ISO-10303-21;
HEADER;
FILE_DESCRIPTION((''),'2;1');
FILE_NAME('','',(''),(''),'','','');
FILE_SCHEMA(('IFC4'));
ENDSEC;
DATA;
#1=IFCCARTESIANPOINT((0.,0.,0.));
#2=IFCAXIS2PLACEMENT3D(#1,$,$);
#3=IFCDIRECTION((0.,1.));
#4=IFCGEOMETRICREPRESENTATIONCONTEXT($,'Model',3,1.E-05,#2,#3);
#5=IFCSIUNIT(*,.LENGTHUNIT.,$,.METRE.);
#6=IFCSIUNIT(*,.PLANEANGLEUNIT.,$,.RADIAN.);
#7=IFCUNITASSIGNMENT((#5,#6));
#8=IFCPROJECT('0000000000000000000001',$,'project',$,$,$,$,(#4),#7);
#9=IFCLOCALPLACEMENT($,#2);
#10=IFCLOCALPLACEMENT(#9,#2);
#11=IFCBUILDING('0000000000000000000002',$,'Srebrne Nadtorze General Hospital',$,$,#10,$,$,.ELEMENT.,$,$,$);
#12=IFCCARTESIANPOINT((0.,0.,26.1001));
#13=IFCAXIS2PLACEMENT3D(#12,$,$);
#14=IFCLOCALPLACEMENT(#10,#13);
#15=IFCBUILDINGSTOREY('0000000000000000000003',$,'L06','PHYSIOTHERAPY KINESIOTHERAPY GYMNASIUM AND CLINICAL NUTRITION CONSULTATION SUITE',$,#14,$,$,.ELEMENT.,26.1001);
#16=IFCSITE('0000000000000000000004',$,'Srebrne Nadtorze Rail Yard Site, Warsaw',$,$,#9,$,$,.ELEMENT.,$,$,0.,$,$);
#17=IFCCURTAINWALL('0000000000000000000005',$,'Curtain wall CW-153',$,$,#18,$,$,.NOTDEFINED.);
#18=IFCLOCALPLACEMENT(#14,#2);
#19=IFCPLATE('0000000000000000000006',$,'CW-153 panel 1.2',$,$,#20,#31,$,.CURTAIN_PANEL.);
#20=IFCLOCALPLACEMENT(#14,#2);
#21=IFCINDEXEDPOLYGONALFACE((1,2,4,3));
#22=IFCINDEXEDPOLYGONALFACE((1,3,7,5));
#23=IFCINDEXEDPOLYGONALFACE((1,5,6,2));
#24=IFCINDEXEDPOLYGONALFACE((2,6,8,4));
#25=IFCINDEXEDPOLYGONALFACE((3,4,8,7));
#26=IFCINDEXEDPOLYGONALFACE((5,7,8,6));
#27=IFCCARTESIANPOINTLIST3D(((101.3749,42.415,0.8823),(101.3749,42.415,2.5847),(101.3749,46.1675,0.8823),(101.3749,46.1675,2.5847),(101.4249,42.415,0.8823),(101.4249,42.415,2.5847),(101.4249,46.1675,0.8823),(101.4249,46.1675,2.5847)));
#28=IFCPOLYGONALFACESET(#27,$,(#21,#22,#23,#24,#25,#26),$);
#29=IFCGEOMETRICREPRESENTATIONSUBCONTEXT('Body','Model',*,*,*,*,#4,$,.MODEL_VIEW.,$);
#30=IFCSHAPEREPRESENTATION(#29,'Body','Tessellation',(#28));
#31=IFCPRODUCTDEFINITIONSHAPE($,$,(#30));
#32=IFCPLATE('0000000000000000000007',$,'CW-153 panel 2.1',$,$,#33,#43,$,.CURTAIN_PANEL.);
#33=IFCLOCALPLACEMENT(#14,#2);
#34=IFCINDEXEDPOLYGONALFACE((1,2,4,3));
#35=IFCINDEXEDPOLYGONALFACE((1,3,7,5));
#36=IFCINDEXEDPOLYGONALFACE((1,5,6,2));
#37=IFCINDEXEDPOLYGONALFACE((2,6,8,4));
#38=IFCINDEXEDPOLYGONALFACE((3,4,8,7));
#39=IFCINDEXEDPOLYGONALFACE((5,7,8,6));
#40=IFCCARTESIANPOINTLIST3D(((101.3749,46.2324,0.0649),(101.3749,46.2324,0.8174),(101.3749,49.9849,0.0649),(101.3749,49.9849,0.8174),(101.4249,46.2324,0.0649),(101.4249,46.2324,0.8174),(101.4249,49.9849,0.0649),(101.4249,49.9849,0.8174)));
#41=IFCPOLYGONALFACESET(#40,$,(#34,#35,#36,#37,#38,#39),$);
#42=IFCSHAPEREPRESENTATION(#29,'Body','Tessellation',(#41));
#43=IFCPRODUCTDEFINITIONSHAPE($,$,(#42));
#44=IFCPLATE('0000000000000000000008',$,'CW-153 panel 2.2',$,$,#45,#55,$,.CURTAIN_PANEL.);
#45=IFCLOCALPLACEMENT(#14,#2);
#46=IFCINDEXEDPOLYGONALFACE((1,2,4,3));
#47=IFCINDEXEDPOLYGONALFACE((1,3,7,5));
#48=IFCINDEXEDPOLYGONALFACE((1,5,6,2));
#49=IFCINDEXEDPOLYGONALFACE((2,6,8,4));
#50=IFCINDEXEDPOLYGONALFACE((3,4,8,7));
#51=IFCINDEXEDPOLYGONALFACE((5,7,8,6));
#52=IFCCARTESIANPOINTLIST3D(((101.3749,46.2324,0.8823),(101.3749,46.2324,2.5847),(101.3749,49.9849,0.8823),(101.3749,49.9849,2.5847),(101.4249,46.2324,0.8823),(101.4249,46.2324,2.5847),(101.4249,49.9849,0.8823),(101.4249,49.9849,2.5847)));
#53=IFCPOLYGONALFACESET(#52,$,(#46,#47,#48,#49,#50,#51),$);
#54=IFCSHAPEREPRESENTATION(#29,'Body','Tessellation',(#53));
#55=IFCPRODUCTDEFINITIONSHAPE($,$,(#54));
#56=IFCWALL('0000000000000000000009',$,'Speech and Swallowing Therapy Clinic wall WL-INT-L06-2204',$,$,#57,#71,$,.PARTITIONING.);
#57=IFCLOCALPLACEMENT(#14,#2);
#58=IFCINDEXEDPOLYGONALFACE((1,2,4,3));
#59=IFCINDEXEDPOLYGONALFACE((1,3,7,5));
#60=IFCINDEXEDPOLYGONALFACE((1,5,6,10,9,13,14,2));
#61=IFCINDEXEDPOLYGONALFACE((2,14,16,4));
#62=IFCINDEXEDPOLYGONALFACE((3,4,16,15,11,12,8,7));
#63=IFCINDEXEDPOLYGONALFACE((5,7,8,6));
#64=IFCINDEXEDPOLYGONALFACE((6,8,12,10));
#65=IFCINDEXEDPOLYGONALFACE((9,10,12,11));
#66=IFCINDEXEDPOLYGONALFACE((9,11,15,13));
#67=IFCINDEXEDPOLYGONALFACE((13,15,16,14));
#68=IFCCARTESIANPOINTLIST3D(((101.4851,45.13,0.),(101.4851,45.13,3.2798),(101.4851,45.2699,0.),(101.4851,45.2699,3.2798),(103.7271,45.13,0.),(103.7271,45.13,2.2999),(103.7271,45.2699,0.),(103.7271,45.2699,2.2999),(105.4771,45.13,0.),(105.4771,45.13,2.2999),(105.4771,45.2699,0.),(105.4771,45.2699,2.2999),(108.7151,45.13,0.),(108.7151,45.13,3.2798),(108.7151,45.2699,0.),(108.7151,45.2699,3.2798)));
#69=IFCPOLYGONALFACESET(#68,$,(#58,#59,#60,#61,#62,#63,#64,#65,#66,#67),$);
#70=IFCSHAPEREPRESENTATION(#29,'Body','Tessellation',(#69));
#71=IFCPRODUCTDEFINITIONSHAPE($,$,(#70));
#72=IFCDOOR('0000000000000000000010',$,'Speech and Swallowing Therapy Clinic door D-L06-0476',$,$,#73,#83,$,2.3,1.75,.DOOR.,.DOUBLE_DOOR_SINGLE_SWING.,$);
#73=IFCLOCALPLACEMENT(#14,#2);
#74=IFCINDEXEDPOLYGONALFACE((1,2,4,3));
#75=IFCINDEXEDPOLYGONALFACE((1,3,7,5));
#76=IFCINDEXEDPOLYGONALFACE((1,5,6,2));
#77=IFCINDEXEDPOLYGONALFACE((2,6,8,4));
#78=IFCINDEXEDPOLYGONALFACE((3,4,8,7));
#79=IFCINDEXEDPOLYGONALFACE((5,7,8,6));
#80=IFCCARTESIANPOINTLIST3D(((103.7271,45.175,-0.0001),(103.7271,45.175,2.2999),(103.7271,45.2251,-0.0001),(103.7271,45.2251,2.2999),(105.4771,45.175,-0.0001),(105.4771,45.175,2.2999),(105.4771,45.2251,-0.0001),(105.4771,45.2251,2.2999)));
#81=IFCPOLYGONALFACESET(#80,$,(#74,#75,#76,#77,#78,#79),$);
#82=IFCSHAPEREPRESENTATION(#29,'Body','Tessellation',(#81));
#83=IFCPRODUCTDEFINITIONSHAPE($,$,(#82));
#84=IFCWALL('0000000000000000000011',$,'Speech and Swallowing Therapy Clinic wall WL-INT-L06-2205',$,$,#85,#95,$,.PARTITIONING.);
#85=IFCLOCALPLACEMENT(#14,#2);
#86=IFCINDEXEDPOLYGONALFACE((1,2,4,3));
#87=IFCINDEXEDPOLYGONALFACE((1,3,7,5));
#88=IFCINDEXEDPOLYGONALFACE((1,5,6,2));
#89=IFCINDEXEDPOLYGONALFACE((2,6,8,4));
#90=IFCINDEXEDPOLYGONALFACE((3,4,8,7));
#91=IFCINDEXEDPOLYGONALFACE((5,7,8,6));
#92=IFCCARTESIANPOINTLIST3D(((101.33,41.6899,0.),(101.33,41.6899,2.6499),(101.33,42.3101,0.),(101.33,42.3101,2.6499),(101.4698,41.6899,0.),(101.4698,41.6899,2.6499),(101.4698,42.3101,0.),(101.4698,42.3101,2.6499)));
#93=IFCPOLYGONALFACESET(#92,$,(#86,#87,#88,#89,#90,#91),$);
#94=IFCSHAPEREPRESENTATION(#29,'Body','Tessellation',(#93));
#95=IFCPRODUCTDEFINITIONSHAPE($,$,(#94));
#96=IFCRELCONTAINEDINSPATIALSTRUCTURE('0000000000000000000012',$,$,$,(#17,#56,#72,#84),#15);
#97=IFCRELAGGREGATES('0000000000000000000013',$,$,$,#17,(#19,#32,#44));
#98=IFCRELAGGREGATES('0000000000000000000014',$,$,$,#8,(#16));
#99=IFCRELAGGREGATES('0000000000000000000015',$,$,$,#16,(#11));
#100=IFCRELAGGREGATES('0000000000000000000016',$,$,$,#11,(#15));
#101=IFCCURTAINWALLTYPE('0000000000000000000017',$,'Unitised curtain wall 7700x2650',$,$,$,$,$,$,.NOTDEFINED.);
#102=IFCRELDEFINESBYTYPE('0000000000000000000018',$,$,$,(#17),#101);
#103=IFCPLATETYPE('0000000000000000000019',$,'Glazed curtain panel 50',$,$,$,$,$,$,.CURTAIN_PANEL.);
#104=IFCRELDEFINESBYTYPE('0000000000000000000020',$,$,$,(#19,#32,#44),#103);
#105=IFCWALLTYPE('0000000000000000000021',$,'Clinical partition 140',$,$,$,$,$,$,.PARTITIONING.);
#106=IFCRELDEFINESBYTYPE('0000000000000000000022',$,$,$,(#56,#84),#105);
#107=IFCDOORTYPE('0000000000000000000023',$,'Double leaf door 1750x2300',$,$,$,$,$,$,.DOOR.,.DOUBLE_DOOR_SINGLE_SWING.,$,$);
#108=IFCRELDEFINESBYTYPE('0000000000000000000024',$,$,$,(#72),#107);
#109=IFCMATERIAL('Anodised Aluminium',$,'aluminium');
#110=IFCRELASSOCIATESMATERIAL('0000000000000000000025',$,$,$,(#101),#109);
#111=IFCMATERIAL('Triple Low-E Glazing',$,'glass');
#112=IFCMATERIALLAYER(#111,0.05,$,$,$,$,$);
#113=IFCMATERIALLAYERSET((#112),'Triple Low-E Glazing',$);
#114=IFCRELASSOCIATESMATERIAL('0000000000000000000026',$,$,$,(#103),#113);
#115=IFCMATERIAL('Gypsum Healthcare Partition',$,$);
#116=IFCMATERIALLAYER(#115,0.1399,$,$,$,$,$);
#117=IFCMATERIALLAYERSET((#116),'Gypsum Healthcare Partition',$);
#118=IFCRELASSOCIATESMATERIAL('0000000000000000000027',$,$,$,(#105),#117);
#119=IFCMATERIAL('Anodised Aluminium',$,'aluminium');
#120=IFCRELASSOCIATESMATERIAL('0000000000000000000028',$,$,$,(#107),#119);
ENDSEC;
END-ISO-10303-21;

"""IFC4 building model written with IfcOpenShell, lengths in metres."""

from ifc_helpers import new_model, si_unit, direction, frame, frame_2d, origin, origin_2d, place, context, subcontext, project, spatial, rectangle, extrude, material, layer, layer_set, type_object, element, fill, aggregate, save


model = new_model("IFC4")

# Units and contexts
model_context = context("Model", 3, precision=1e-05, world=origin(), true_north=direction((0.0, 1.0)))
body_context = subcontext(model_context, "Body", "Model", "MODEL_VIEW")
ifc_project = project(units=[si_unit("LENGTHUNIT", "METRE"), si_unit("PLANEANGLEUNIT", "RADIAN")], contexts=[model_context])

# Site, building, storey
site_placement = place(None, origin())
site = spatial("IfcSite", under=ifc_project, at=site_placement, Name="Srebrne Nadtorze Rail Yard Site, Warsaw", CompositionType="ELEMENT", RefElevation=0.0)
building_placement = place(site_placement, origin())
building = spatial("IfcBuilding", under=site, at=building_placement, Name="Srebrne Nadtorze General Hospital", CompositionType="ELEMENT")
storey_placement = place(building_placement, frame((0.0, 0.0, 26.1001)))
storey = spatial("IfcBuildingStorey", under=building, at=storey_placement, Name="L06", Description="PHYSIOTHERAPY KINESIOTHERAPY GYMNASIUM AND CLINICAL NUTRITION CONSULTATION SUITE", CompositionType="ELEMENT", Elevation=26.1001)

# Shared definitions
ifc_material_1 = material(Name="Anodised Aluminium", Category="aluminium")
curtain_wall_type_1 = type_object("IfcCurtainWallType", Name="Unitised curtain wall 7700x2650", PredefinedType="NOTDEFINED", material=ifc_material_1)

# Curtain wall
curtain_wall_1_placement = place(storey_placement, origin())
curtain_wall_1 = element("IfcCurtainWall", 1, at=curtain_wall_1_placement, inside=storey, type_object=curtain_wall_type_1, Name="Curtain wall CW-153", PredefinedType="NOTDEFINED")

# Plates
ifc_material_2 = material(Name="Triple Low-E Glazing", Category="glass")
ifc_layer_1 = layer(ifc_material_2, 0.05)
ifc_layer_set_1 = layer_set([ifc_layer_1], Name="Triple Low-E Glazing")
plate_type = type_object("IfcPlateType", Name="Glazed curtain panel 50", PredefinedType="CURTAIN_PANEL", material=ifc_layer_set_1)
plate_1_placement = place(storey_placement, frame((101.3999, 44.2913, 0.8823), z_axis=(0.0, 0.0, 1.0), x_axis=(0.0, 1.0, 0.0)))
plate_1 = element("IfcPlate", 2, at=plate_1_placement, type_object=plate_type, Name="CW-153 panel 1.2", PredefinedType="CURTAIN_PANEL", context=body_context, shape_type="SweptSolid", body=[
    extrude(rectangle(XDim=3.7524, YDim=0.05, at=origin_2d()), origin(), (0.0, 0.0, 1.0), 1.7024),
])
plate_2_placement = place(storey_placement, frame((101.3999, 48.1086, 0.0649), z_axis=(0.0, 0.0, 1.0), x_axis=(0.0, 1.0, 0.0)))
plate_2 = element("IfcPlate", 3, at=plate_2_placement, type_object=plate_type, Name="CW-153 panel 2.1", PredefinedType="CURTAIN_PANEL", context=body_context, shape_type="SweptSolid", body=[
    extrude(rectangle(XDim=3.7524, YDim=0.05, at=origin_2d()), origin(), (0.0, 0.0, 1.0), 0.7524),
])
plate_3_placement = place(storey_placement, frame((101.3999, 48.1086, 0.8823), z_axis=(0.0, 0.0, 1.0), x_axis=(0.0, 1.0, 0.0)))
plate_3 = element("IfcPlate", 4, at=plate_3_placement, type_object=plate_type, Name="CW-153 panel 2.2", PredefinedType="CURTAIN_PANEL", context=body_context, shape_type="SweptSolid", body=[
    extrude(rectangle(XDim=3.7524, YDim=0.05, at=origin_2d()), origin(), (0.0, 0.0, 1.0), 1.7024),
])
aggregate(curtain_wall_1, [plate_1, plate_2, plate_3])

# Wall, opening, door
ifc_material_3 = material(Name="Gypsum Healthcare Partition")
ifc_layer_2 = layer(ifc_material_3, 0.1399)
ifc_layer_set_2 = layer_set([ifc_layer_2], Name="Gypsum Healthcare Partition")
wall_type = type_object("IfcWallType", Name="Clinical partition 140", PredefinedType="PARTITIONING", material=ifc_layer_set_2)
wall_1_placement = place(storey_placement, frame((101.4851, 45.2, 0.0), z_axis=(0.0, 0.0, 1.0), x_axis=(1.0, 0.0, 0.0)))
wall_1 = element("IfcWall", 5, at=wall_1_placement, inside=storey, type_object=wall_type, Name="Speech and Swallowing Therapy Clinic wall WL-INT-L06-2204", PredefinedType="PARTITIONING", context=body_context, shape_type="SweptSolid", body=[
    extrude(rectangle(XDim=7.23, YDim=0.1399, at=frame_2d((3.615, 0.0))), origin(), (0.0, 0.0, 1.0), 3.2798),
])
opening_placement = place(wall_1_placement, frame((2.2419, 0.0, 0.0)))
opening = element("IfcOpeningElement", 6, at=opening_placement, cuts=wall_1, PredefinedType="OPENING", context=body_context, shape_type="SweptSolid", body=[
    extrude(rectangle(XDim=1.75, YDim=2.3, at=frame_2d((0.875, 1.1499))), frame((0.0, 0.082, 0.0), z_axis=(0.0, -1.0, 0.0), x_axis=(1.0, 0.0, 0.0)), (0.0, 0.0, 1.0), 0.1638),
])
ifc_material_4 = material(Name="Anodised Aluminium", Category="aluminium")
door_type = type_object("IfcDoorType", Name="Double leaf door 1750x2300", OperationType="DOUBLE_DOOR_SINGLE_SWING", PredefinedType="DOOR", material=ifc_material_4)
door_placement = place(opening_placement, frame((1.75, 0.0, 0.0), z_axis=(0.0, 0.0, 1.0), x_axis=(-1.0, 0.0, 0.0)))
door = element("IfcDoor", 7, at=door_placement, inside=storey, type_object=door_type, Name="Speech and Swallowing Therapy Clinic door D-L06-0476", OperationType="DOUBLE_DOOR_SINGLE_SWING", OverallHeight=2.3, OverallWidth=1.75, PredefinedType="DOOR", context=body_context, shape_type="SweptSolid", body=[
    extrude(rectangle(XDim=1.75, YDim=2.3, at=frame_2d((0.875, 1.1499))), frame((0.0, 0.0249, 0.0), z_axis=(0.0, -1.0, 0.0), x_axis=(1.0, 0.0, 0.0)), (0.0, 0.0, 1.0), 0.05),
])
fill(opening, door)

# Wall
wall_2_placement = place(storey_placement, frame((101.3999, 41.6899, 0.0), z_axis=(0.0, 0.0, 1.0), x_axis=(0.0, 1.0, 0.0)))
element("IfcWall", 8, at=wall_2_placement, inside=storey, type_object=wall_type, Name="Speech and Swallowing Therapy Clinic wall WL-INT-L06-2205", PredefinedType="PARTITIONING", context=body_context, shape_type="SweptSolid", body=[
    extrude(rectangle(XDim=0.6201, YDim=0.1399, at=frame_2d((0.3101, 0.0))), origin(), (0.0, 0.0, 1.0), 2.6499),
])

save(model, "model.ifc")
